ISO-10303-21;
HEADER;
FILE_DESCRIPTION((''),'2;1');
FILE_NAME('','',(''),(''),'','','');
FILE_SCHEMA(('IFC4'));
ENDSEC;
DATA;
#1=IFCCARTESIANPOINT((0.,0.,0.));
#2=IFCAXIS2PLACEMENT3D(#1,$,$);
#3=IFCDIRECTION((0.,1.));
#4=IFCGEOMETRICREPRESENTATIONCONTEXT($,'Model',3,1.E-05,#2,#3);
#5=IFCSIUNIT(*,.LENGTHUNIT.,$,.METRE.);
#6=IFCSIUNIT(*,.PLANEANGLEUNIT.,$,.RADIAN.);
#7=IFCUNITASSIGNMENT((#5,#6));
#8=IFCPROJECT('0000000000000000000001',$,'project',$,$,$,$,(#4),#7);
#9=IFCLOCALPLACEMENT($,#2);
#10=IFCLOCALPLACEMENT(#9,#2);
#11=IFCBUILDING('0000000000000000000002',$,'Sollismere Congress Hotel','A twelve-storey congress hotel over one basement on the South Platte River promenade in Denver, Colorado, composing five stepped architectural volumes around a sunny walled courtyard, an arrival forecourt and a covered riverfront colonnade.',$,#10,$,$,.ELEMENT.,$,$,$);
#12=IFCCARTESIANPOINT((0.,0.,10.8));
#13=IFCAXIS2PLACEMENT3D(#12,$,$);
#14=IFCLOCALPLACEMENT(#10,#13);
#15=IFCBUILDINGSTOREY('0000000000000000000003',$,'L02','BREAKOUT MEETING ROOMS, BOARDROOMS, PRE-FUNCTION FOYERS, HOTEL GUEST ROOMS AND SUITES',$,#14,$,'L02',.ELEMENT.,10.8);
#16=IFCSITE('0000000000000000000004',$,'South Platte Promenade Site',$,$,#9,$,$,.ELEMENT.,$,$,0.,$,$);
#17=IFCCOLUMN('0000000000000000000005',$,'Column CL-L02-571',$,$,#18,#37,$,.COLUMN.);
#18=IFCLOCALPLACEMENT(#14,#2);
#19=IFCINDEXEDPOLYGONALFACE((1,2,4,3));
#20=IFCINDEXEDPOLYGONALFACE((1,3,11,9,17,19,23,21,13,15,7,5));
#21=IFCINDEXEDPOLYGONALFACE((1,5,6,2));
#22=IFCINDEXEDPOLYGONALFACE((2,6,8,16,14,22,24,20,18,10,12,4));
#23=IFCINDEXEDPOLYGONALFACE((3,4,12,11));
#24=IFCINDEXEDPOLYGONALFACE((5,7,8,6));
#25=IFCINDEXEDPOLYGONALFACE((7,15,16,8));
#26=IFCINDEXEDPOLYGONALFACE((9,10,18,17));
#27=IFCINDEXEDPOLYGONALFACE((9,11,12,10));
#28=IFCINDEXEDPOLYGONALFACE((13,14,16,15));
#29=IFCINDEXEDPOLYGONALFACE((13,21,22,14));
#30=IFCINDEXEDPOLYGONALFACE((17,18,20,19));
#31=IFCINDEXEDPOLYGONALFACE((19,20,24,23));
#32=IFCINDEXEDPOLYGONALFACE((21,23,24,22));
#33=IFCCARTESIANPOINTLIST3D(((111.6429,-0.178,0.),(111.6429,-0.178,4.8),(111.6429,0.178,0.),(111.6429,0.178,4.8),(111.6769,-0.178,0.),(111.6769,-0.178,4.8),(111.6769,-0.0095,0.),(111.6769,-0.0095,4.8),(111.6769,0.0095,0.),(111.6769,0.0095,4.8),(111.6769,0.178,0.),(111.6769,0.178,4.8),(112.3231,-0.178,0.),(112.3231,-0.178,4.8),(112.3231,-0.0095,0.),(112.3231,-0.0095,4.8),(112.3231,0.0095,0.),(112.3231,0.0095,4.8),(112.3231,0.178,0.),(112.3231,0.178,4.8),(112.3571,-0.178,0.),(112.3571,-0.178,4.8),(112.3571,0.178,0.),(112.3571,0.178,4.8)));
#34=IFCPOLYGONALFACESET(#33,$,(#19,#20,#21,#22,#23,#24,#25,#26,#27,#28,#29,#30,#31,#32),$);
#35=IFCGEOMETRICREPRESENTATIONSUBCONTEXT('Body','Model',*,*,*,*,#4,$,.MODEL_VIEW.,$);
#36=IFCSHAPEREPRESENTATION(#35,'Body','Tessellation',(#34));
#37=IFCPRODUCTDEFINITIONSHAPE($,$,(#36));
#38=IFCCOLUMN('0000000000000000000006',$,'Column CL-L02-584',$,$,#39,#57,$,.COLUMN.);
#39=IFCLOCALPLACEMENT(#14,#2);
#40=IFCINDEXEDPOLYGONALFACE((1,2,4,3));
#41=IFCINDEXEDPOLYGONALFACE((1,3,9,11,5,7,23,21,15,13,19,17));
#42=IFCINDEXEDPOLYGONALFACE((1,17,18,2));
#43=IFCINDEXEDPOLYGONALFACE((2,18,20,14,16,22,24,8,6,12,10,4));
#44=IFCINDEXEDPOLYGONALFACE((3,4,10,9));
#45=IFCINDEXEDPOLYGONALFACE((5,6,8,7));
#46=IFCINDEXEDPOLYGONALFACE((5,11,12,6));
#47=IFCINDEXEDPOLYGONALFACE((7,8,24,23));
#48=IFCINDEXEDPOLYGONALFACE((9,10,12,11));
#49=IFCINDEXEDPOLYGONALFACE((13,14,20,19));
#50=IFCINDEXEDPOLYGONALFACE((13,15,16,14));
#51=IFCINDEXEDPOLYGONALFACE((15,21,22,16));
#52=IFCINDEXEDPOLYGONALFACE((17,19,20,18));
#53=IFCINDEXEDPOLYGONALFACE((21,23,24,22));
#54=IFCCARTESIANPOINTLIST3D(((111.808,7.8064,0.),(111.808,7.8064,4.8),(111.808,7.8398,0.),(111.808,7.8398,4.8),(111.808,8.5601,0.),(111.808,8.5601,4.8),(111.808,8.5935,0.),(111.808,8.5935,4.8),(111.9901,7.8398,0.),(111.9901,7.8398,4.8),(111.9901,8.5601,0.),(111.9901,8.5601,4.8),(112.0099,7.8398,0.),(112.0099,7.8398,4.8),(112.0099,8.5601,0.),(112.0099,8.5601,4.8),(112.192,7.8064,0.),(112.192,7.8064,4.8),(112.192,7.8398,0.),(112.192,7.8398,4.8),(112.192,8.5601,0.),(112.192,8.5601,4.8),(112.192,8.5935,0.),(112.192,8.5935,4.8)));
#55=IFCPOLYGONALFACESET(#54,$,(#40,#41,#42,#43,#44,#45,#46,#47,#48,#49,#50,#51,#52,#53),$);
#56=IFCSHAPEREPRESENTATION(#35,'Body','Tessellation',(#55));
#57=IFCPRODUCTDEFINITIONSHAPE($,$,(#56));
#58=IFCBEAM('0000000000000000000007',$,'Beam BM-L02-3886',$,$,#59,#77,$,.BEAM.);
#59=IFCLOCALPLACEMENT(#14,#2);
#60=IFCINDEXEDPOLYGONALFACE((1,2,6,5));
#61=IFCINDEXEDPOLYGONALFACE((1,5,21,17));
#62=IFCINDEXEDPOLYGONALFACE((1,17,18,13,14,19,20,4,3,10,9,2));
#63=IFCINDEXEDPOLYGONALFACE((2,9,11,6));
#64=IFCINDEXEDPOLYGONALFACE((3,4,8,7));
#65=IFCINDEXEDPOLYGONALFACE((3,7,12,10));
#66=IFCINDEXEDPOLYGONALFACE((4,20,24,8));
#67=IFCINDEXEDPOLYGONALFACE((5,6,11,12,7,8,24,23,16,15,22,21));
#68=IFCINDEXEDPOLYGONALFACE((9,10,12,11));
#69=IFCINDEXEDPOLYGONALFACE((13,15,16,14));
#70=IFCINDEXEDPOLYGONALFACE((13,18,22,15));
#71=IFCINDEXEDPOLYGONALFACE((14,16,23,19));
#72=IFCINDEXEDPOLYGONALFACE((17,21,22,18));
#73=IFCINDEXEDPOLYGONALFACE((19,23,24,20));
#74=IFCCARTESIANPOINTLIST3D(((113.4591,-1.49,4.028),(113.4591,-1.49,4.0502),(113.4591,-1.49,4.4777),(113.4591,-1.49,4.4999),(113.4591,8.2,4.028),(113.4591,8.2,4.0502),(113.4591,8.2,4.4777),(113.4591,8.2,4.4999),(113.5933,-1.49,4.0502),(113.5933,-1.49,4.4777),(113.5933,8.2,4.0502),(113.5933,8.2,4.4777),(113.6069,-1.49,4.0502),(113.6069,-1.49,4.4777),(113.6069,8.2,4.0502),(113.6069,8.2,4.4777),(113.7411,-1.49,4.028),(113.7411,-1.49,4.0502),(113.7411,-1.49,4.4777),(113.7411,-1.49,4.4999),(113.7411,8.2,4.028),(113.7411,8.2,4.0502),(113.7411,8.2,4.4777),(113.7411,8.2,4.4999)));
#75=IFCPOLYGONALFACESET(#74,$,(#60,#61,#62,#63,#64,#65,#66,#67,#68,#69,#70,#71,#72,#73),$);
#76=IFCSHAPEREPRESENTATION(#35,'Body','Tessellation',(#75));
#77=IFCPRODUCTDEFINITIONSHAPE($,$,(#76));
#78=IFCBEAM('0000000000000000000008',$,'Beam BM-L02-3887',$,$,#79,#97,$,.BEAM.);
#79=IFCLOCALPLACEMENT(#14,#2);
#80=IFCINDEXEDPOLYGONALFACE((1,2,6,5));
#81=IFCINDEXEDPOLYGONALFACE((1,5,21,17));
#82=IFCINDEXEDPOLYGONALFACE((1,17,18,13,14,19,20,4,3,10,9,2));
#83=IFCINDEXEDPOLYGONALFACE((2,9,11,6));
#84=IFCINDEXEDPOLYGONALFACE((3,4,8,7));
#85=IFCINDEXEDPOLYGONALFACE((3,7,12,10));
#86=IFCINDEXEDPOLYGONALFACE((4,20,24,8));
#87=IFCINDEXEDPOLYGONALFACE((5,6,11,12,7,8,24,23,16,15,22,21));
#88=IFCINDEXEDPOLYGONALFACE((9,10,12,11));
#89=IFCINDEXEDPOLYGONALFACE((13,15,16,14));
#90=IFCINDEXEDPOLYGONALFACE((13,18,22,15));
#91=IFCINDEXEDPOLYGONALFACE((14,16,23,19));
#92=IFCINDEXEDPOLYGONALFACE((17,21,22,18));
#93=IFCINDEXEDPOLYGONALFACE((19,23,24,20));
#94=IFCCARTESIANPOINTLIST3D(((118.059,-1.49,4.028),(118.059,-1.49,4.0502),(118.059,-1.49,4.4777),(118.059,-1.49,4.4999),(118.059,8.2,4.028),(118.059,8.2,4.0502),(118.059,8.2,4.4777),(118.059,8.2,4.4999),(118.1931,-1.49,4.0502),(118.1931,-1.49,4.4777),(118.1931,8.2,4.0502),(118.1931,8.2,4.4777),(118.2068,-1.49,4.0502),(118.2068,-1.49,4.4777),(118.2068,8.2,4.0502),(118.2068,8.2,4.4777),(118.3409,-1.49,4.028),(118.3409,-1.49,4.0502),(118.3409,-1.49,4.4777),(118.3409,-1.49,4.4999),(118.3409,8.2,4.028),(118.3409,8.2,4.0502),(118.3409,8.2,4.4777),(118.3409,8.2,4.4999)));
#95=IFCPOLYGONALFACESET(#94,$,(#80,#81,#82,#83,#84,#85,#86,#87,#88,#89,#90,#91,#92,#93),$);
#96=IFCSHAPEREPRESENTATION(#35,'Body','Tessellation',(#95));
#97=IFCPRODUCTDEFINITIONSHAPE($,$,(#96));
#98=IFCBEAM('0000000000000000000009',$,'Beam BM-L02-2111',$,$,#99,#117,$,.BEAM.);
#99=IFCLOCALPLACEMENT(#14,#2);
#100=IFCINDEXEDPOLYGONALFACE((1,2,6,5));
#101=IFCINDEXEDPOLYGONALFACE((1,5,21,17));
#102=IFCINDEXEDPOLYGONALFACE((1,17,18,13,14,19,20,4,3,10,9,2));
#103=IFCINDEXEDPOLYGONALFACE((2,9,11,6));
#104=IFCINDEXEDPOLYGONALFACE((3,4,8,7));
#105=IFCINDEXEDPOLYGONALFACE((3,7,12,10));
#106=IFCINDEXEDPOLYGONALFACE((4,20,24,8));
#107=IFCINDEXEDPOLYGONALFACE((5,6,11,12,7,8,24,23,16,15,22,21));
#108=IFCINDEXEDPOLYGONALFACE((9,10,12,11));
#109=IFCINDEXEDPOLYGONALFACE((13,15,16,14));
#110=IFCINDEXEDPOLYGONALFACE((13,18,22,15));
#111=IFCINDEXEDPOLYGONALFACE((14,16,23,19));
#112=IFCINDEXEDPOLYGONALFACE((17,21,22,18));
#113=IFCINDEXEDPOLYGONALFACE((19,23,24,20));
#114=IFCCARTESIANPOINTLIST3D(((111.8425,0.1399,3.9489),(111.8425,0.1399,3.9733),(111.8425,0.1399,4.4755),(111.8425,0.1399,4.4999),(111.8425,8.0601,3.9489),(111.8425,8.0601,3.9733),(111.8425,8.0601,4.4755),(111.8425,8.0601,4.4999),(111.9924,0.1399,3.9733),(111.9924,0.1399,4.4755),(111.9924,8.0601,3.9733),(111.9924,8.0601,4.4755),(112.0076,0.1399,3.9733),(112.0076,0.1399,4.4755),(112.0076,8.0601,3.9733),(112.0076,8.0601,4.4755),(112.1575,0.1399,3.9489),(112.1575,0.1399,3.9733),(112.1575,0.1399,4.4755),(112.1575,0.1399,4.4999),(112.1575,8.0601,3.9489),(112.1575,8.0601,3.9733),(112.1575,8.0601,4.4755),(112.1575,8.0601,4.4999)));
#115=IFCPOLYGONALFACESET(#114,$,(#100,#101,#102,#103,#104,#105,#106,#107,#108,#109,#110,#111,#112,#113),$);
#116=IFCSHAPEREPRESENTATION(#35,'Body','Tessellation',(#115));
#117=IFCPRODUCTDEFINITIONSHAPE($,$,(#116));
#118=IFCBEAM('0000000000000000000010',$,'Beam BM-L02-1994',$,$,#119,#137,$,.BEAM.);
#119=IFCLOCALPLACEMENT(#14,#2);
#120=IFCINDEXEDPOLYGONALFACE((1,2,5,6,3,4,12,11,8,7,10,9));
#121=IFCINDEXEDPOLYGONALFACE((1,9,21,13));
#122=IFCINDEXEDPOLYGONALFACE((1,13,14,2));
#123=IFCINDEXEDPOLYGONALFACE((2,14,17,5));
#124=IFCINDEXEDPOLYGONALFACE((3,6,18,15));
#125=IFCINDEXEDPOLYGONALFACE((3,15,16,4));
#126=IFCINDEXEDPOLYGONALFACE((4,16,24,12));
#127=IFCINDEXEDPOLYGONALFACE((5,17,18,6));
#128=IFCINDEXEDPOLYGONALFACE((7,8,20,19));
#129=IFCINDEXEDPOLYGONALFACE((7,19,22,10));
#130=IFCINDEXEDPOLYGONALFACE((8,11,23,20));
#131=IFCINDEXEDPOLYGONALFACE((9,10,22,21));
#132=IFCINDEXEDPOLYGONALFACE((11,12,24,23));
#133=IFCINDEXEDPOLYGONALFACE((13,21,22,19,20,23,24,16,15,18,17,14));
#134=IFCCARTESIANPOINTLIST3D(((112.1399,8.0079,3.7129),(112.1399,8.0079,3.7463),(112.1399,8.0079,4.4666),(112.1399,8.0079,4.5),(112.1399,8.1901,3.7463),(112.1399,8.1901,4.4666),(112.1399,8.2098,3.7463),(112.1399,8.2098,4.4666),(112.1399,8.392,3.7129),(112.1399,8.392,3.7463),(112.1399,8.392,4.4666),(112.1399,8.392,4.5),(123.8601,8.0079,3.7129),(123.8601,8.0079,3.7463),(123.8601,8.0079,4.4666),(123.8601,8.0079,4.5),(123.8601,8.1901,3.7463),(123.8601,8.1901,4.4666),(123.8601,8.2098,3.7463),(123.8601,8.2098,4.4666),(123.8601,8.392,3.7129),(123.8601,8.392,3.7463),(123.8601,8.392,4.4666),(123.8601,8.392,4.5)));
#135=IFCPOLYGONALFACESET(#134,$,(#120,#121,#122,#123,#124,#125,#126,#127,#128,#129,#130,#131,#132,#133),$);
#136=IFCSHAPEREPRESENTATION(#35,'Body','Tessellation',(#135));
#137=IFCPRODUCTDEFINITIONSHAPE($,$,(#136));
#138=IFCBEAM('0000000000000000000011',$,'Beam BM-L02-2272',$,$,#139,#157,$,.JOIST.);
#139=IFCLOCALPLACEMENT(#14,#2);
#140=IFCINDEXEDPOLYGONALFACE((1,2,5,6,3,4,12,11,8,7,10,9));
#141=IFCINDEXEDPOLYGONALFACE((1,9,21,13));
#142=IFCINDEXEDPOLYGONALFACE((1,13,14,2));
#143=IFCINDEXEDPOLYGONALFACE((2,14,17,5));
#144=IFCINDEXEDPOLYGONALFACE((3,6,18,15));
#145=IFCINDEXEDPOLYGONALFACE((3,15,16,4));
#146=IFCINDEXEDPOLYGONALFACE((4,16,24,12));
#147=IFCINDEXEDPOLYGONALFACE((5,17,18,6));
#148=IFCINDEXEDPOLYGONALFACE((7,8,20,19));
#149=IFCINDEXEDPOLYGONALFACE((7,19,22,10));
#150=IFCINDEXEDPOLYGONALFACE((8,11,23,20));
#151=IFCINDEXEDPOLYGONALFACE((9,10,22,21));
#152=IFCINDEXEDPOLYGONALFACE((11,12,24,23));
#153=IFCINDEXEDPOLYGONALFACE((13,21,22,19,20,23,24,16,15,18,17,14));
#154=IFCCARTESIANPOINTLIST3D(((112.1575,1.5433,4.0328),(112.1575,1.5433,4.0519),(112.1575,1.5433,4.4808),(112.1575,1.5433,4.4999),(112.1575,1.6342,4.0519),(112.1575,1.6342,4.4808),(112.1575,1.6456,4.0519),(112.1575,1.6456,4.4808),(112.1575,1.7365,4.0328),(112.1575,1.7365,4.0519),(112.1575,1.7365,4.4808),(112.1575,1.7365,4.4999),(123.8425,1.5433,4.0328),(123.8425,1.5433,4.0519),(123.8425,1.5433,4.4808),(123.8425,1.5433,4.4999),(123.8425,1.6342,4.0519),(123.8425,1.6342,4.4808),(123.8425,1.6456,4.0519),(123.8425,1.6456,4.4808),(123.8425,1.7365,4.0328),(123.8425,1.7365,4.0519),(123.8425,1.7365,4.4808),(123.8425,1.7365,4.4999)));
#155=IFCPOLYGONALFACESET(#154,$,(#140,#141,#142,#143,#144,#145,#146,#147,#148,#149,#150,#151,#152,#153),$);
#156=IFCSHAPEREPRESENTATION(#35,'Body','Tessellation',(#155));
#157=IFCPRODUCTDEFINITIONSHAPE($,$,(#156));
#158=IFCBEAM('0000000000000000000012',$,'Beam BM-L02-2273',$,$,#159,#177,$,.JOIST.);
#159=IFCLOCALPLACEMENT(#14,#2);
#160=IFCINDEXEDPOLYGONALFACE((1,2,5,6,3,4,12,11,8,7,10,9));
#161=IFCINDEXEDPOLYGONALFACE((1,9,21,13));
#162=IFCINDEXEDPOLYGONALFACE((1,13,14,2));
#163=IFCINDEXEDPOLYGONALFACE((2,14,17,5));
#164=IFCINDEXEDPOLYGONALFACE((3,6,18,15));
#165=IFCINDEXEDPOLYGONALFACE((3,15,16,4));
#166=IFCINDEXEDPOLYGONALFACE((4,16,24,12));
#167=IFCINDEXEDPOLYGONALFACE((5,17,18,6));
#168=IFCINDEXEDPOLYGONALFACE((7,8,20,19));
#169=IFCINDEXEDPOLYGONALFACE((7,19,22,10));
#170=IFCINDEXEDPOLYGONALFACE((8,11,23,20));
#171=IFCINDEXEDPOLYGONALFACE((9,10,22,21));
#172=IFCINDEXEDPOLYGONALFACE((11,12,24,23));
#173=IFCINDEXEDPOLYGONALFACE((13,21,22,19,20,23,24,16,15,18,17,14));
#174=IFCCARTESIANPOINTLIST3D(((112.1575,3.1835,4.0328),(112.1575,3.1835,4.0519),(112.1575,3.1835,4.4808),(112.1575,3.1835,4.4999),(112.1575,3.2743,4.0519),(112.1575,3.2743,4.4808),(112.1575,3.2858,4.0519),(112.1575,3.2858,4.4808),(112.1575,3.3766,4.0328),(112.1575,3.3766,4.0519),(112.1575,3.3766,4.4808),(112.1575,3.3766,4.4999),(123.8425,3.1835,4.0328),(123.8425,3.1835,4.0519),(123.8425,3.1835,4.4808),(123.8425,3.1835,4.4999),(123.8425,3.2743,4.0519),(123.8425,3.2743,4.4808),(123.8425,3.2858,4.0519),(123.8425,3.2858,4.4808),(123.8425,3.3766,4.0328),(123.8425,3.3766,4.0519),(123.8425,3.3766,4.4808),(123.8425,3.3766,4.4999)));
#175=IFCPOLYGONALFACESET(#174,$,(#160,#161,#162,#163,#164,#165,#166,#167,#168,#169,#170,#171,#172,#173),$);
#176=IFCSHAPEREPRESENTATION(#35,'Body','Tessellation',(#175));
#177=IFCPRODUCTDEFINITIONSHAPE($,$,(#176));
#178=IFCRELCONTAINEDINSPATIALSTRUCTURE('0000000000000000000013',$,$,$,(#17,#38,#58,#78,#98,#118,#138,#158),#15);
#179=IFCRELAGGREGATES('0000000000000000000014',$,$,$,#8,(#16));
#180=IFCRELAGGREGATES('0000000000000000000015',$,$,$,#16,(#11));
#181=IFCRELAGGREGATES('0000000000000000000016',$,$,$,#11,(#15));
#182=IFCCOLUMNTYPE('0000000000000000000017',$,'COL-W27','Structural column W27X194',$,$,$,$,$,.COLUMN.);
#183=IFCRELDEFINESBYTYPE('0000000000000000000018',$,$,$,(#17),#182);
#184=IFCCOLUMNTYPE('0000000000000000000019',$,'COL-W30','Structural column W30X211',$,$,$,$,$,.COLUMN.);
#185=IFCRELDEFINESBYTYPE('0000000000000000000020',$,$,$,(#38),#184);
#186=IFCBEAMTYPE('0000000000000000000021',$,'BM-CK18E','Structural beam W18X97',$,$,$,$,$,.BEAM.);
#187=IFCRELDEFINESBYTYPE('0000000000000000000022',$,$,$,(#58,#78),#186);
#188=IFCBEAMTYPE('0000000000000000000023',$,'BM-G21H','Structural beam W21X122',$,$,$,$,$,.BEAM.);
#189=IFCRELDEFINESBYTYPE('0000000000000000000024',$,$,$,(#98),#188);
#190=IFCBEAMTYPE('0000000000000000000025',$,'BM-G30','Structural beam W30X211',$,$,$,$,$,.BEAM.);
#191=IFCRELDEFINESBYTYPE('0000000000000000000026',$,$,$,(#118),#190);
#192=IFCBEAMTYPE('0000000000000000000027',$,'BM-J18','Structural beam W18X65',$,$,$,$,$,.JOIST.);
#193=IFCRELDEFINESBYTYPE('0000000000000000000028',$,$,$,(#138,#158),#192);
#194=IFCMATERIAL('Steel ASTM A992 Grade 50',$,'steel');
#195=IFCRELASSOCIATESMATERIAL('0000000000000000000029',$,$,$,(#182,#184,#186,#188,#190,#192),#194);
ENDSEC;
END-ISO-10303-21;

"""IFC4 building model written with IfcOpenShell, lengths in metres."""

from ifc_helpers import new_model, si_unit, direction, frame, origin, origin_2d, place, context, subcontext, project, spatial, i_section, extrude, material, material_profile, profile_set, type_object, element, save


model = new_model("IFC4")

# Units and contexts
model_context = context("Model", 3, precision=1e-05, world=origin(), true_north=direction((0.0, 1.0)))
body_context = subcontext(model_context, "Body", "Model", "MODEL_VIEW")
ifc_project = project(units=[si_unit("LENGTHUNIT", "METRE"), si_unit("PLANEANGLEUNIT", "RADIAN")], contexts=[model_context])

# Site, building, storey
site_placement = place(None, origin())
site = spatial("IfcSite", under=ifc_project, at=site_placement, Name="South Platte Promenade Site", CompositionType="ELEMENT", RefElevation=0.0)
building_placement = place(site_placement, origin())
building = spatial("IfcBuilding", under=site, at=building_placement, Name="Sollismere Congress Hotel", Description="A twelve-storey congress hotel over one basement on the South Platte River promenade in Denver, Colorado, composing five stepped architectural volumes around a sunny walled courtyard, an arrival forecourt and a covered riverfront colonnade.", CompositionType="ELEMENT")
storey_placement = place(building_placement, frame((0.0, 0.0, 10.8)))
storey = spatial("IfcBuildingStorey", under=building, at=storey_placement, Name="L02", Description="BREAKOUT MEETING ROOMS, BOARDROOMS, PRE-FUNCTION FOYERS, HOTEL GUEST ROOMS AND SUITES", LongName="L02", CompositionType="ELEMENT", Elevation=10.8)

# Columns
ifc_material_1 = material(Name="Steel ASTM A992 Grade 50", Category="steel")
ifc_material_profile_1 = material_profile(ifc_material_1, i_section(OverallWidth=0.356, OverallDepth=0.7141, WebThickness=0.019, FlangeThickness=0.0339, at=origin_2d()), Name="W27X194")
ifc_profile_set_1 = profile_set([ifc_material_profile_1], Name="Steel ASTM A992 Grade 50")
column_type_1 = type_object("IfcColumnType", Name="COL-W27", Description="Structural column W27X194", PredefinedType="COLUMN", material=ifc_profile_set_1)
column_1_placement = place(storey_placement, frame((112.0, 0.0, 0.0), z_axis=(0.0, 0.0, 1.0), x_axis=(0.0, 1.0, 0.0)))
element("IfcColumn", 1, at=column_1_placement, inside=storey, type_object=column_type_1, Name="Column CL-L02-571", PredefinedType="COLUMN", context=body_context, shape_type="SweptSolid", body=[
    extrude(i_section(OverallWidth=0.356, OverallDepth=0.7141, WebThickness=0.019, FlangeThickness=0.0339, at=origin_2d()), origin(), (0.0, 0.0, 1.0), 4.8),
])
ifc_material_profile_2 = material_profile(ifc_material_1, i_section(OverallWidth=0.384, OverallDepth=0.7871, WebThickness=0.0198, FlangeThickness=0.0334, at=origin_2d()), Name="W30X211")
ifc_profile_set_2 = profile_set([ifc_material_profile_2], Name="Steel ASTM A992 Grade 50")
column_type_2 = type_object("IfcColumnType", Name="COL-W30", Description="Structural column W30X211", PredefinedType="COLUMN", material=ifc_profile_set_2)
column_2_placement = place(storey_placement, frame((112.0, 8.2, 0.0), z_axis=(0.0, 0.0, 1.0), x_axis=(1.0, 0.0, 0.0)))
element("IfcColumn", 2, at=column_2_placement, inside=storey, type_object=column_type_2, Name="Column CL-L02-584", PredefinedType="COLUMN", context=body_context, shape_type="SweptSolid", body=[
    extrude(i_section(OverallWidth=0.384, OverallDepth=0.7871, WebThickness=0.0198, FlangeThickness=0.0334, at=origin_2d()), origin(), (0.0, 0.0, 1.0), 4.8),
])

# Beams
ifc_material_profile_3 = material_profile(ifc_material_1, i_section(OverallWidth=0.282, OverallDepth=0.4719, WebThickness=0.0137, FlangeThickness=0.0222, at=origin_2d()), Name="W18X97")
ifc_profile_set_3 = profile_set([ifc_material_profile_3], Name="Steel ASTM A992 Grade 50")
beam_type_1 = type_object("IfcBeamType", Name="BM-CK18E", Description="Structural beam W18X97", PredefinedType="BEAM", material=ifc_profile_set_3)
for number, where, z_axis, x_axis, name in (
    (3, (113.6001, 8.2, 4.2639), (0.0, -1.0, 0.0), (1.0, 0.0, 0.0), "Beam BM-L02-3886"),
    (4, (118.2, 8.2, 4.2639), (0.0, -1.0, 0.0), (1.0, 0.0, 0.0), "Beam BM-L02-3887"),
):
    element("IfcBeam", number, at=place(storey_placement, frame(where, z_axis=z_axis, x_axis=x_axis)), inside=storey, type_object=beam_type_1, Name=name, PredefinedType="BEAM", context=body_context, shape_type="SweptSolid", body=[
        extrude(i_section(OverallWidth=0.282, OverallDepth=0.4719, WebThickness=0.0137, FlangeThickness=0.0222, at=origin_2d()), origin(), (0.0, 0.0, 1.0), 9.6899),
    ])
ifc_material_profile_4 = material_profile(ifc_material_1, i_section(OverallWidth=0.3149, OverallDepth=0.551, WebThickness=0.0151, FlangeThickness=0.0244, at=origin_2d()), Name="W21X122")
ifc_profile_set_4 = profile_set([ifc_material_profile_4], Name="Steel ASTM A992 Grade 50")
beam_type_2 = type_object("IfcBeamType", Name="BM-G21H", Description="Structural beam W21X122", PredefinedType="BEAM", material=ifc_profile_set_4)
beam_1_placement = place(storey_placement, frame((112.0, 0.1399, 4.2244), z_axis=(0.0, 1.0, 0.0), x_axis=(-1.0, 0.0, 0.0)))
element("IfcBeam", 5, at=beam_1_placement, inside=storey, type_object=beam_type_2, Name="Beam BM-L02-2111", PredefinedType="BEAM", context=body_context, shape_type="SweptSolid", body=[
    extrude(i_section(OverallWidth=0.3149, OverallDepth=0.551, WebThickness=0.0151, FlangeThickness=0.0244, at=origin_2d()), origin(), (0.0, 0.0, 1.0), 7.9202),
])
ifc_material_profile_5 = material_profile(ifc_material_1, i_section(OverallWidth=0.384, OverallDepth=0.7871, WebThickness=0.0198, FlangeThickness=0.0334, at=origin_2d()), Name="W30X211")
ifc_profile_set_5 = profile_set([ifc_material_profile_5], Name="Steel ASTM A992 Grade 50")
beam_type_3 = type_object("IfcBeamType", Name="BM-G30", Description="Structural beam W30X211", PredefinedType="BEAM", material=ifc_profile_set_5)
beam_2_placement = place(storey_placement, frame((112.1399, 8.2, 4.1064), z_axis=(1.0, 0.0, 0.0), x_axis=(0.0, 1.0, 0.0)))
element("IfcBeam", 6, at=beam_2_placement, inside=storey, type_object=beam_type_3, Name="Beam BM-L02-1994", PredefinedType="BEAM", context=body_context, shape_type="SweptSolid", body=[
    extrude(i_section(OverallWidth=0.384, OverallDepth=0.7871, WebThickness=0.0198, FlangeThickness=0.0334, at=origin_2d()), origin(), (0.0, 0.0, 1.0), 11.7202),
])
ifc_material_profile_6 = material_profile(ifc_material_1, i_section(OverallWidth=0.1931, OverallDepth=0.467, WebThickness=0.0115, FlangeThickness=0.019, at=origin_2d()), Name="W18X65")
ifc_profile_set_6 = profile_set([ifc_material_profile_6], Name="Steel ASTM A992 Grade 50")
beam_type_4 = type_object("IfcBeamType", Name="BM-J18", Description="Structural beam W18X65", PredefinedType="JOIST", material=ifc_profile_set_6)
for number, where, z_axis, x_axis, name in (
    (7, (112.1575, 1.6399, 4.2664), (1.0, 0.0, 0.0), (0.0, 1.0, 0.0), "Beam BM-L02-2272"),
    (8, (112.1575, 3.28, 4.2664), (1.0, 0.0, 0.0), (0.0, 1.0, 0.0), "Beam BM-L02-2273"),
):
    element("IfcBeam", number, at=place(storey_placement, frame(where, z_axis=z_axis, x_axis=x_axis)), inside=storey, type_object=beam_type_4, Name=name, PredefinedType="JOIST", context=body_context, shape_type="SweptSolid", body=[
        extrude(i_section(OverallWidth=0.1931, OverallDepth=0.467, WebThickness=0.0115, FlangeThickness=0.019, at=origin_2d()), origin(), (0.0, 0.0, 1.0), 11.6851),
    ])

save(model, "model.ifc")
